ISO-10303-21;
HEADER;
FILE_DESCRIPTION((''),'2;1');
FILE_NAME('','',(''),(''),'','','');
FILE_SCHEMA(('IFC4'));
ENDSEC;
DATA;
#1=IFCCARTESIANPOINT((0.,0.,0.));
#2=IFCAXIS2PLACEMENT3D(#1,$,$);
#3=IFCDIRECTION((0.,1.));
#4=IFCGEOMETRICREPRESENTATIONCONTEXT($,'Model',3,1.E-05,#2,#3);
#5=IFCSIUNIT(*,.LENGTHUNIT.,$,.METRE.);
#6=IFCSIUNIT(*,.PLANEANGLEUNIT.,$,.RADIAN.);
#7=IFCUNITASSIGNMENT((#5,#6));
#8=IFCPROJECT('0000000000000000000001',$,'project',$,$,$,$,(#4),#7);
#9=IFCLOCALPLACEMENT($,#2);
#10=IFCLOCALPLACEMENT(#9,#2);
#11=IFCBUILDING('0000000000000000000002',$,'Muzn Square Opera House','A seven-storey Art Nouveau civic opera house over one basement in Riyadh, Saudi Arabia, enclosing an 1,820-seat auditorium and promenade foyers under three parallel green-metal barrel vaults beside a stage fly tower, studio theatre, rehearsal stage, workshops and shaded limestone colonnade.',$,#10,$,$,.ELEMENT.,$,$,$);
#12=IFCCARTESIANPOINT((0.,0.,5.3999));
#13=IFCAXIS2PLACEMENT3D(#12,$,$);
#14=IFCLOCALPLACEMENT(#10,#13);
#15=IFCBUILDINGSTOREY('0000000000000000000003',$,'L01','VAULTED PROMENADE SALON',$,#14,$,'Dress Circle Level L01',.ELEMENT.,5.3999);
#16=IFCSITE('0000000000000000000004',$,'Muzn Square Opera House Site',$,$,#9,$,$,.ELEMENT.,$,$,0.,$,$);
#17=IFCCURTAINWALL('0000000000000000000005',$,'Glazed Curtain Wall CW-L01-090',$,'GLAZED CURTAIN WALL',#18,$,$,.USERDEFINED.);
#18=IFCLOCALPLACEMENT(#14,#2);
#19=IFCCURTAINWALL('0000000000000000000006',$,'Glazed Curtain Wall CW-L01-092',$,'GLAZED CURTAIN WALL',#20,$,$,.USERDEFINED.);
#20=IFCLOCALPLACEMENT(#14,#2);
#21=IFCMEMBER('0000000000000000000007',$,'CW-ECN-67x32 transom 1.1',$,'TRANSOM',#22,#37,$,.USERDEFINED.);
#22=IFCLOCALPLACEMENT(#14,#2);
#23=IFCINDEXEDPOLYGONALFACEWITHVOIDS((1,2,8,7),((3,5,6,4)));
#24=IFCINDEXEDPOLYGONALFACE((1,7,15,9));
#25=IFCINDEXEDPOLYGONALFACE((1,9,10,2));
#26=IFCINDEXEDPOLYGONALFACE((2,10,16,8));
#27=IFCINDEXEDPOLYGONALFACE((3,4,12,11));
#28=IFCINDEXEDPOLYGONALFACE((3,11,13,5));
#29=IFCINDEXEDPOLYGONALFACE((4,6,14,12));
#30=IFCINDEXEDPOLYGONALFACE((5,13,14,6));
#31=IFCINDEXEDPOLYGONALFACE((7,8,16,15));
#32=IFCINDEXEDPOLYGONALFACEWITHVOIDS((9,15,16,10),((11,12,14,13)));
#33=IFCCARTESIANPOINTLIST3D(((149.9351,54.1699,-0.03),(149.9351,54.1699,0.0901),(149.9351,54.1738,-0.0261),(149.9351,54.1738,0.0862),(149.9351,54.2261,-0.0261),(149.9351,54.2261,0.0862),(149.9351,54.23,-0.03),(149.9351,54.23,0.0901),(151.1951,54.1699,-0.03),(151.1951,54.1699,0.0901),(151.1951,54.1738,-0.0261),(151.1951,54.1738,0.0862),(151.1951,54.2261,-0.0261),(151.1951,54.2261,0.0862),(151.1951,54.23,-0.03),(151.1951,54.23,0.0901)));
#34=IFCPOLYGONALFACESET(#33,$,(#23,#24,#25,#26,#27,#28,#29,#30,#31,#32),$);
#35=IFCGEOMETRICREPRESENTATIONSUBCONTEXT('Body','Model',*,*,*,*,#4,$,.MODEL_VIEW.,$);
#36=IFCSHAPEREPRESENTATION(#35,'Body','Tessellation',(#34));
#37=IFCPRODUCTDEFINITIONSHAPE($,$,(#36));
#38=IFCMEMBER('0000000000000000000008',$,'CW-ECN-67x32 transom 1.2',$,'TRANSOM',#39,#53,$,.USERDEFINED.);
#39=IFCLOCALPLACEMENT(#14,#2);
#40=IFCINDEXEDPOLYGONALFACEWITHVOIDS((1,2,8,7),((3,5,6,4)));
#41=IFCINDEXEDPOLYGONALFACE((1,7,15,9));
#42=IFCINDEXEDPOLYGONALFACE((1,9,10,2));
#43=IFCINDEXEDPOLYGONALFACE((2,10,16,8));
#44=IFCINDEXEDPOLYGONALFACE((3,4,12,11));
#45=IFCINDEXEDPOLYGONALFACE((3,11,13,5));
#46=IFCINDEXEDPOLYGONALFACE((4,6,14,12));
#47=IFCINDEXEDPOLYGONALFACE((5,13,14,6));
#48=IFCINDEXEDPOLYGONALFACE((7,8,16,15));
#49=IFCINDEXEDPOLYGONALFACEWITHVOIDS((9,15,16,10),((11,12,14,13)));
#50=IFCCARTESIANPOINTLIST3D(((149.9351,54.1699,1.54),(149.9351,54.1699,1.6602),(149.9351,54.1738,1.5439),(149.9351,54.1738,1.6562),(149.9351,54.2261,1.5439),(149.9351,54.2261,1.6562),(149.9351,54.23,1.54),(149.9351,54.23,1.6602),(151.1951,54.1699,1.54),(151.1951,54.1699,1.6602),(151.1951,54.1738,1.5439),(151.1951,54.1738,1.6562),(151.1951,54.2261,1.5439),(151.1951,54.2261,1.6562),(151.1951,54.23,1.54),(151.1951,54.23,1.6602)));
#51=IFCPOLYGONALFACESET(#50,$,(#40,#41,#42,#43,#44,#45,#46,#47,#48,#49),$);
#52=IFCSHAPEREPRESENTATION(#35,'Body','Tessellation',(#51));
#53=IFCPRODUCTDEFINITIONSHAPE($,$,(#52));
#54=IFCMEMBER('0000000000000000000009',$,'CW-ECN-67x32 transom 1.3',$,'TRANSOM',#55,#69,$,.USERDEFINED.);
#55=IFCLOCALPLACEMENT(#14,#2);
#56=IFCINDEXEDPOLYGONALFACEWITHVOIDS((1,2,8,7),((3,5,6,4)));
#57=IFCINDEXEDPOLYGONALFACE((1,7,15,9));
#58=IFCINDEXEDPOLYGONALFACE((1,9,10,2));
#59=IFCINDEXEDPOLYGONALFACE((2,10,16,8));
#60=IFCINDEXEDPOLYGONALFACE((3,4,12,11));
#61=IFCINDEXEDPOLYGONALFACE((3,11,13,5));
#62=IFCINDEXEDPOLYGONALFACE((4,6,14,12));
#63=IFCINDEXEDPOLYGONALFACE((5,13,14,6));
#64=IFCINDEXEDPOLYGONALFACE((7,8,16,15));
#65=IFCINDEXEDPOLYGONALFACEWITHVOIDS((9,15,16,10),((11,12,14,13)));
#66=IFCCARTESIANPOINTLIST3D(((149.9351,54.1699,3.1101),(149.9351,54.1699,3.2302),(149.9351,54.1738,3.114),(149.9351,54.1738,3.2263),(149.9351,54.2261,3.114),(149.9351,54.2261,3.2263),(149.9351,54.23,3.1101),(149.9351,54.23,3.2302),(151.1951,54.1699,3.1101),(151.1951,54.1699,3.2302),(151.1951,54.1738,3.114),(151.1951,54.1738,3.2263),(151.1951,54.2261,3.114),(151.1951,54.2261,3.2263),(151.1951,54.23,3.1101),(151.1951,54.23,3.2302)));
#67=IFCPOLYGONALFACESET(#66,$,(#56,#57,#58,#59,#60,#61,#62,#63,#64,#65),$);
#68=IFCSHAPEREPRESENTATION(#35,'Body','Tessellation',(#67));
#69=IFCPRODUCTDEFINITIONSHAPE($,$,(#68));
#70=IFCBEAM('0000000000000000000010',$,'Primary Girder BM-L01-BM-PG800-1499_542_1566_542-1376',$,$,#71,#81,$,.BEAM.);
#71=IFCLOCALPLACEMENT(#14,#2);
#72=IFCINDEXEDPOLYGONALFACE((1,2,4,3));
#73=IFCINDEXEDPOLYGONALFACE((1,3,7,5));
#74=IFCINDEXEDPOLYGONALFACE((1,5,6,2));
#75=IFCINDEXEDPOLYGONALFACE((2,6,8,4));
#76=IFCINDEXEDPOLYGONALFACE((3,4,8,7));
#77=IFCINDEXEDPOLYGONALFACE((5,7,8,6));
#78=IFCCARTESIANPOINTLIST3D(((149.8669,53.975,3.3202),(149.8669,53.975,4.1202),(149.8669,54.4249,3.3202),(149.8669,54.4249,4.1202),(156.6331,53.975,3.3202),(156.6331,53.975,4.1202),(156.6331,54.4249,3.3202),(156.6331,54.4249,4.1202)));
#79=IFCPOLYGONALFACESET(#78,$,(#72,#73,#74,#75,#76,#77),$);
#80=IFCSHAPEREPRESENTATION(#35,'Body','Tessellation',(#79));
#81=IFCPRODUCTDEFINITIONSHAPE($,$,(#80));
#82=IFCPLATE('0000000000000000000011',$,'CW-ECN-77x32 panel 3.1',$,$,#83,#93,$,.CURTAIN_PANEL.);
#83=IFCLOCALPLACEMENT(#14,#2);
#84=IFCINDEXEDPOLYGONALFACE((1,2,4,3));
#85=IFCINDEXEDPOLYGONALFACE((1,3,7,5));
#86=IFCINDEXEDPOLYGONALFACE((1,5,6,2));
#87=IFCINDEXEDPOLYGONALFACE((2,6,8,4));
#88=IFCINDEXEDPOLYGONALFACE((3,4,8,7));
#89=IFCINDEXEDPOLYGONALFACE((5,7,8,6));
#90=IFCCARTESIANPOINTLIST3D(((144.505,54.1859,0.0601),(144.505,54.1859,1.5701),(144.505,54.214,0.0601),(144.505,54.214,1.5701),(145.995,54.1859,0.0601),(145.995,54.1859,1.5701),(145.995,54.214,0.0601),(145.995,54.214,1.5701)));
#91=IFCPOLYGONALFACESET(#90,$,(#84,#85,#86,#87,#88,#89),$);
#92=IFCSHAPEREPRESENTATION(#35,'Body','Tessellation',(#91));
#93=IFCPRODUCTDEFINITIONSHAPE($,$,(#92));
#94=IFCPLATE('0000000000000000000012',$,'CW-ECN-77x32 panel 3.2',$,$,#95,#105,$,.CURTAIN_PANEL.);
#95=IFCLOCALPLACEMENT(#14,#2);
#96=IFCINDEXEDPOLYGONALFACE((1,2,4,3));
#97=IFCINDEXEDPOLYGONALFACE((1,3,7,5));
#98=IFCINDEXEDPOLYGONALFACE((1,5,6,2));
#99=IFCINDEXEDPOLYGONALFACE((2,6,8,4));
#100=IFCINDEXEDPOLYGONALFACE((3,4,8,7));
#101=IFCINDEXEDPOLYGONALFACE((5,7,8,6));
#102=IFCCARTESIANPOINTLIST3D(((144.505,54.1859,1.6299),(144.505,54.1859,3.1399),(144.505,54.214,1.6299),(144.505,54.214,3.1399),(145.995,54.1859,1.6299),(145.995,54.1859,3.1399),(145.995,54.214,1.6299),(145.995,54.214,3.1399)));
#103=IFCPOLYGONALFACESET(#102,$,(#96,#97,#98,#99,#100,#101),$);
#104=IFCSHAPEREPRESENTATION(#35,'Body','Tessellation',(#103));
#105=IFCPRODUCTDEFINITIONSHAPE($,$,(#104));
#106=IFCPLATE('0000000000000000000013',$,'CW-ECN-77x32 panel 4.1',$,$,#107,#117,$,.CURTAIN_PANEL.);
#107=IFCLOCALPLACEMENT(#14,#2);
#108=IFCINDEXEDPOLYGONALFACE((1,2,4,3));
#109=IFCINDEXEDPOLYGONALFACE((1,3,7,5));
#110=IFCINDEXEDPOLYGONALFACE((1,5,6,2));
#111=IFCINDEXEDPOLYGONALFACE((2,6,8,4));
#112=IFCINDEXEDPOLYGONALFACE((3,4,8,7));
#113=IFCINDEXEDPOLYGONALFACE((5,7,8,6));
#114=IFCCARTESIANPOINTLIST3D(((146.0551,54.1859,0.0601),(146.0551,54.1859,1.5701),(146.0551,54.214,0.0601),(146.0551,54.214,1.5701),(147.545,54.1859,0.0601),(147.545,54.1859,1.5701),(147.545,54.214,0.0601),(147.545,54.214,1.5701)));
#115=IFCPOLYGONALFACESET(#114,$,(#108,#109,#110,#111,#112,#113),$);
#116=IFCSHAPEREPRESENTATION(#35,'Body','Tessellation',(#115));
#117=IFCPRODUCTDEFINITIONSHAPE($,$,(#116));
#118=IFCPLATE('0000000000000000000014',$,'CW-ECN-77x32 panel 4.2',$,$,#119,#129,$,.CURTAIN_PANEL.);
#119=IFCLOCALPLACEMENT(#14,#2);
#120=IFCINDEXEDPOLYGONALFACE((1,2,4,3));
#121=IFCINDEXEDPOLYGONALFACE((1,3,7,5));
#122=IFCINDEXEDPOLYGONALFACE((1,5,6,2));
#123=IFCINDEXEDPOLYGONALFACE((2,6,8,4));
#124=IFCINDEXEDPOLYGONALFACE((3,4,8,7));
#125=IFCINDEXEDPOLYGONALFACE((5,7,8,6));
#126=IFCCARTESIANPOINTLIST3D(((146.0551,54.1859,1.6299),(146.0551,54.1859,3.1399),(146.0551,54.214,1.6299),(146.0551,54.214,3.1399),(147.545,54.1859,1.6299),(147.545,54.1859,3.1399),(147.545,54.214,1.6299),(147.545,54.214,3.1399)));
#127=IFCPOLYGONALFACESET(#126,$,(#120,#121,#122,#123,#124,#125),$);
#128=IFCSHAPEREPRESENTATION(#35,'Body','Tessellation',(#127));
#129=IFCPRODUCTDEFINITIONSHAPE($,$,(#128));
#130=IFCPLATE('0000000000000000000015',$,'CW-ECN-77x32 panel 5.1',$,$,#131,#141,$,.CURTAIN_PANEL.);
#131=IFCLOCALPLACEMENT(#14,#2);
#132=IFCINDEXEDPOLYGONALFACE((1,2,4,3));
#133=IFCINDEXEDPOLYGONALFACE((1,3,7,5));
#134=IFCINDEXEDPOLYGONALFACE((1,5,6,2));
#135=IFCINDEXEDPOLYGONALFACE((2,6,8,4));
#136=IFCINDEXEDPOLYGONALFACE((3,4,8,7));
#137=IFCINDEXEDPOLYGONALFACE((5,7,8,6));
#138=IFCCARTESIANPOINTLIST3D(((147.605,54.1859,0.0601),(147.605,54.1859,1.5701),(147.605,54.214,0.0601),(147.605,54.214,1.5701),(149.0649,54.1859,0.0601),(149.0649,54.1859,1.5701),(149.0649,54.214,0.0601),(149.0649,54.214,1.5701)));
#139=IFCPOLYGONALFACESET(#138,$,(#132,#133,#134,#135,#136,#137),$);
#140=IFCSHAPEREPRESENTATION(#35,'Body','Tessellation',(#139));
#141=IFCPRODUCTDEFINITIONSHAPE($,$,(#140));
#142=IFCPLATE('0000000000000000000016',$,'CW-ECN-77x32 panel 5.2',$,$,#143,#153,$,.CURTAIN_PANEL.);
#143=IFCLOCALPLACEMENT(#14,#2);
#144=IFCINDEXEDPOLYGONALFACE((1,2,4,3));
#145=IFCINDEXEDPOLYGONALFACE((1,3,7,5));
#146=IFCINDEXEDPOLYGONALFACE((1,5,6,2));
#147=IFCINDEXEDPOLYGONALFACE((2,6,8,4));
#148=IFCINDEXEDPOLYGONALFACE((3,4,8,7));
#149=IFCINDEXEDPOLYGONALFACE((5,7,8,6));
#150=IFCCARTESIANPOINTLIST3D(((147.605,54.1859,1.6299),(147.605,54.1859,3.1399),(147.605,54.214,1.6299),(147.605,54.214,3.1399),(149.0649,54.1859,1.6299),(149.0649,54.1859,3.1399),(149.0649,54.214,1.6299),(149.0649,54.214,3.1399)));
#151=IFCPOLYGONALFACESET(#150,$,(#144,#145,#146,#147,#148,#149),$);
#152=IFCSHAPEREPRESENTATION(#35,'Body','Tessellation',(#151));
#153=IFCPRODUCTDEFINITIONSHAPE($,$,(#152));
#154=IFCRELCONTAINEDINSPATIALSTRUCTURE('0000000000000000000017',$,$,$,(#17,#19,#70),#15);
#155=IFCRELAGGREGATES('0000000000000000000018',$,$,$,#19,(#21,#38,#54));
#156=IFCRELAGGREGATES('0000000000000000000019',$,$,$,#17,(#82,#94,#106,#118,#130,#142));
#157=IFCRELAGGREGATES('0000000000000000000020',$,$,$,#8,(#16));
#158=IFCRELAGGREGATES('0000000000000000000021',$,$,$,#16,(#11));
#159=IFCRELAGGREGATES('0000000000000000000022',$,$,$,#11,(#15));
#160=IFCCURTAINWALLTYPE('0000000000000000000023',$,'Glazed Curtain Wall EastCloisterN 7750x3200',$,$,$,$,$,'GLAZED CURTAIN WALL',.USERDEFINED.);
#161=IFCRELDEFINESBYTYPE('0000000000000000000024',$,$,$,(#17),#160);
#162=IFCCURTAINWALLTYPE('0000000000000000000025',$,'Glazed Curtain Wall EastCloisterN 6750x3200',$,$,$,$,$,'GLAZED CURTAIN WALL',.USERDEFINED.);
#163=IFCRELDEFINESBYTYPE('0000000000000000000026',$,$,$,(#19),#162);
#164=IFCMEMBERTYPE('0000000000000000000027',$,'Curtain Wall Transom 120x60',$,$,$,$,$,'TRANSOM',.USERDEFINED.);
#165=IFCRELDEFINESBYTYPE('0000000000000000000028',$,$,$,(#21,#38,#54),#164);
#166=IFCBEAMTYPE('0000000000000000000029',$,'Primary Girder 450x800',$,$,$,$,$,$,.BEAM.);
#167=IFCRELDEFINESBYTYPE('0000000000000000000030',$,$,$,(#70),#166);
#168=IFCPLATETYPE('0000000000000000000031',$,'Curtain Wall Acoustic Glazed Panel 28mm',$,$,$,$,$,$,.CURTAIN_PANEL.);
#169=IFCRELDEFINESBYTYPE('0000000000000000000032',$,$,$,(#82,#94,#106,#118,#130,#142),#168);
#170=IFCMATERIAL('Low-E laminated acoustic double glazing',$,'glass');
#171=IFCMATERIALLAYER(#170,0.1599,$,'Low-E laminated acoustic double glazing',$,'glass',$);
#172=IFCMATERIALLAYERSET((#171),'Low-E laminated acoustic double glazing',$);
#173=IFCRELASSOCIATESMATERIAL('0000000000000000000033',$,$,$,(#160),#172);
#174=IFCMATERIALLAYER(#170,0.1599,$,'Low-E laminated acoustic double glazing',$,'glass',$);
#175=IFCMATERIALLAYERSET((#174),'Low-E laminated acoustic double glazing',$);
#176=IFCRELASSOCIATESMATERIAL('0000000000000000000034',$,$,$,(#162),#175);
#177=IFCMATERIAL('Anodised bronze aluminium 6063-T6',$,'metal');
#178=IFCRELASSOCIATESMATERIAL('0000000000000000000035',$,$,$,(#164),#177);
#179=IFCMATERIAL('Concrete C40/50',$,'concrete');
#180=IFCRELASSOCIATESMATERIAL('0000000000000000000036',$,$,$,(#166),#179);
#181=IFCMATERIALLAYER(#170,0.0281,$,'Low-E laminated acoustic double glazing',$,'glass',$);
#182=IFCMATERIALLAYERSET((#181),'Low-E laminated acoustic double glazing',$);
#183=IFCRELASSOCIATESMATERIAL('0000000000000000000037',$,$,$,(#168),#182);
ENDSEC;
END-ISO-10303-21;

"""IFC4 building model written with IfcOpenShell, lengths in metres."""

from ifc_helpers import new_model, si_unit, direction, frame, origin, origin_2d, place, context, subcontext, project, spatial, rectangle, hollow_rectangle, extrude, material, layer, layer_set, material_profile, profile_set, type_object, element, aggregate, save


model = new_model("IFC4")

# Units and contexts
model_context = context("Model", 3, precision=1e-05, world=origin(), true_north=direction((0.0, 1.0)))
body_context = subcontext(model_context, "Body", "Model", "MODEL_VIEW")
ifc_project = project(units=[si_unit("LENGTHUNIT", "METRE"), si_unit("PLANEANGLEUNIT", "RADIAN")], contexts=[model_context])

# Site, building, storey
site_placement = place(None, origin())
site = spatial("IfcSite", under=ifc_project, at=site_placement, Name="Muzn Square Opera House Site", CompositionType="ELEMENT", RefElevation=0.0)
building_placement = place(site_placement, origin())
building = spatial("IfcBuilding", under=site, at=building_placement, Name="Muzn Square Opera House", Description="A seven-storey Art Nouveau civic opera house over one basement in Riyadh, Saudi Arabia, enclosing an 1,820-seat auditorium and promenade foyers under three parallel green-metal barrel vaults beside a stage fly tower, studio theatre, rehearsal stage, workshops and shaded limestone colonnade.", CompositionType="ELEMENT")
storey_placement = place(building_placement, frame((0.0, 0.0, 5.3999)))
storey = spatial("IfcBuildingStorey", under=building, at=storey_placement, Name="L01", Description="VAULTED PROMENADE SALON", LongName="Dress Circle Level L01", CompositionType="ELEMENT", Elevation=5.3999)

# Curtain wall
ifc_material_1 = material(Name="Low-E laminated acoustic double glazing", Category="glass")
ifc_layer_1 = layer(ifc_material_1, 0.1599, Name="Low-E laminated acoustic double glazing", Category="glass")
ifc_layer_set_1 = layer_set([ifc_layer_1], Name="Low-E laminated acoustic double glazing")
curtain_wall_type_1 = type_object("IfcCurtainWallType", Name="Glazed Curtain Wall EastCloisterN 7750x3200", ElementType="GLAZED CURTAIN WALL", PredefinedType="USERDEFINED", material=ifc_layer_set_1)
curtain_wall_1_placement = place(storey_placement, origin())
curtain_wall_1 = element("IfcCurtainWall", 1, at=curtain_wall_1_placement, inside=storey, type_object=curtain_wall_type_1, Name="Glazed Curtain Wall CW-L01-090", ObjectType="GLAZED CURTAIN WALL", PredefinedType="USERDEFINED")
ifc_material_2 = material(Name="Anodised bronze aluminium 6063-T6", Category="metal")

# Curtain wall
ifc_layer_2 = layer(ifc_material_1, 0.1599, Name="Low-E laminated acoustic double glazing", Category="glass")
ifc_layer_set_2 = layer_set([ifc_layer_2], Name="Low-E laminated acoustic double glazing")
curtain_wall_type_2 = type_object("IfcCurtainWallType", Name="Glazed Curtain Wall EastCloisterN 6750x3200", ElementType="GLAZED CURTAIN WALL", PredefinedType="USERDEFINED", material=ifc_layer_set_2)
curtain_wall_2_placement = place(storey_placement, origin())
curtain_wall_2 = element("IfcCurtainWall", 2, at=curtain_wall_2_placement, inside=storey, type_object=curtain_wall_type_2, Name="Glazed Curtain Wall CW-L01-092", ObjectType="GLAZED CURTAIN WALL", PredefinedType="USERDEFINED")

# Members
ifc_material_profile_1 = material_profile(ifc_material_2, hollow_rectangle(XDim=0.0601, YDim=0.1201, WallThickness=0.0039, at=origin_2d()), Name="ALU 120x60x4", Category="metal")
ifc_profile_set_1 = profile_set([ifc_material_profile_1], Name="Anodised bronze aluminium 6063-T6")
member_type_1 = type_object("IfcMemberType", Name="Curtain Wall Transom 120x60", ElementType="TRANSOM", PredefinedType="USERDEFINED", material=ifc_profile_set_1)
member_1_placement = place(storey_placement, frame((149.9351, 54.2, 0.03), z_axis=(1.0, 0.0, 0.0), x_axis=(0.0, 1.0, 0.0)))
member_1 = element("IfcMember", 3, at=member_1_placement, type_object=member_type_1, Name="CW-ECN-67x32 transom 1.1", ObjectType="TRANSOM", PredefinedType="USERDEFINED", context=body_context, shape_type="SweptSolid", body=[
    extrude(hollow_rectangle(XDim=0.0601, YDim=0.1201, WallThickness=0.0039, at=origin_2d()), origin(), (0.0, 0.0, 1.0), 1.26),
])
member_2_placement = place(storey_placement, frame((149.9351, 54.2, 1.6001), z_axis=(1.0, 0.0, 0.0), x_axis=(0.0, 1.0, 0.0)))
member_2 = element("IfcMember", 4, at=member_2_placement, type_object=member_type_1, Name="CW-ECN-67x32 transom 1.2", ObjectType="TRANSOM", PredefinedType="USERDEFINED", context=body_context, shape_type="SweptSolid", body=[
    extrude(hollow_rectangle(XDim=0.0601, YDim=0.1201, WallThickness=0.0039, at=origin_2d()), origin(), (0.0, 0.0, 1.0), 1.26),
])
member_3_placement = place(storey_placement, frame((149.9351, 54.2, 3.1702), z_axis=(1.0, 0.0, 0.0), x_axis=(0.0, 1.0, 0.0)))
member_3 = element("IfcMember", 5, at=member_3_placement, type_object=member_type_1, Name="CW-ECN-67x32 transom 1.3", ObjectType="TRANSOM", PredefinedType="USERDEFINED", context=body_context, shape_type="SweptSolid", body=[
    extrude(hollow_rectangle(XDim=0.0601, YDim=0.1201, WallThickness=0.0039, at=origin_2d()), origin(), (0.0, 0.0, 1.0), 1.26),
])
aggregate(curtain_wall_2, [member_1, member_2, member_3])

# Beam
ifc_material_3 = material(Name="Concrete C40/50", Category="concrete")
ifc_material_profile_2 = material_profile(ifc_material_3, rectangle(XDim=0.45, YDim=0.8, at=origin_2d()), Name="RCB 450x800", Category="concrete")
ifc_profile_set_2 = profile_set([ifc_material_profile_2], Name="Concrete C40/50")
beam_type = type_object("IfcBeamType", Name="Primary Girder 450x800", PredefinedType="BEAM", material=ifc_profile_set_2)
beam_placement = place(storey_placement, frame((149.8669, 54.2, 3.7202), z_axis=(1.0, 0.0, 0.0), x_axis=(0.0, 1.0, 0.0)))
element("IfcBeam", 6, at=beam_placement, inside=storey, type_object=beam_type, Name="Primary Girder BM-L01-BM-PG800-1499_542_1566_542-1376", PredefinedType="BEAM", context=body_context, shape_type="SweptSolid", body=[
    extrude(rectangle(XDim=0.45, YDim=0.8, at=origin_2d()), origin(), (0.0, 0.0, 1.0), 6.7661),
])

# Plates
ifc_layer_3 = layer(ifc_material_1, 0.0281, Name="Low-E laminated acoustic double glazing", Category="glass")
ifc_layer_set_3 = layer_set([ifc_layer_3], Name="Low-E laminated acoustic double glazing")
plate_type = type_object("IfcPlateType", Name="Curtain Wall Acoustic Glazed Panel 28mm", PredefinedType="CURTAIN_PANEL", material=ifc_layer_set_3)
plate_1_placement = place(storey_placement, frame((145.25, 54.2, 0.0601), z_axis=(0.0, 0.0, 1.0), x_axis=(1.0, 0.0, 0.0)))
plate_1 = element("IfcPlate", 7, at=plate_1_placement, type_object=plate_type, Name="CW-ECN-77x32 panel 3.1", PredefinedType="CURTAIN_PANEL", context=body_context, shape_type="SweptSolid", body=[
    extrude(rectangle(XDim=1.49, YDim=0.0281, at=origin_2d()), origin(), (0.0, 0.0, 1.0), 1.51),
])
plate_2_placement = place(storey_placement, frame((145.25, 54.2, 1.6299), z_axis=(0.0, 0.0, 1.0), x_axis=(1.0, 0.0, 0.0)))
plate_2 = element("IfcPlate", 8, at=plate_2_placement, type_object=plate_type, Name="CW-ECN-77x32 panel 3.2", PredefinedType="CURTAIN_PANEL", context=body_context, shape_type="SweptSolid", body=[
    extrude(rectangle(XDim=1.49, YDim=0.0281, at=origin_2d()), origin(), (0.0, 0.0, 1.0), 1.51),
])
plate_3_placement = place(storey_placement, frame((146.8, 54.2, 0.0601), z_axis=(0.0, 0.0, 1.0), x_axis=(1.0, 0.0, 0.0)))
plate_3 = element("IfcPlate", 9, at=plate_3_placement, type_object=plate_type, Name="CW-ECN-77x32 panel 4.1", PredefinedType="CURTAIN_PANEL", context=body_context, shape_type="SweptSolid", body=[
    extrude(rectangle(XDim=1.49, YDim=0.0281, at=origin_2d()), origin(), (0.0, 0.0, 1.0), 1.51),
])
plate_4_placement = place(storey_placement, frame((146.8, 54.2, 1.6299), z_axis=(0.0, 0.0, 1.0), x_axis=(1.0, 0.0, 0.0)))
plate_4 = element("IfcPlate", 10, at=plate_4_placement, type_object=plate_type, Name="CW-ECN-77x32 panel 4.2", PredefinedType="CURTAIN_PANEL", context=body_context, shape_type="SweptSolid", body=[
    extrude(rectangle(XDim=1.49, YDim=0.0281, at=origin_2d()), origin(), (0.0, 0.0, 1.0), 1.51),
])
plate_5_placement = place(storey_placement, frame((148.335, 54.2, 0.0601), z_axis=(0.0, 0.0, 1.0), x_axis=(1.0, 0.0, 0.0)))
plate_5 = element("IfcPlate", 11, at=plate_5_placement, type_object=plate_type, Name="CW-ECN-77x32 panel 5.1", PredefinedType="CURTAIN_PANEL", context=body_context, shape_type="SweptSolid", body=[
    extrude(rectangle(XDim=1.46, YDim=0.0281, at=origin_2d()), origin(), (0.0, 0.0, 1.0), 1.51),
])
plate_6_placement = place(storey_placement, frame((148.335, 54.2, 1.6299), z_axis=(0.0, 0.0, 1.0), x_axis=(1.0, 0.0, 0.0)))
plate_6 = element("IfcPlate", 12, at=plate_6_placement, type_object=plate_type, Name="CW-ECN-77x32 panel 5.2", PredefinedType="CURTAIN_PANEL", context=body_context, shape_type="SweptSolid", body=[
    extrude(rectangle(XDim=1.46, YDim=0.0281, at=origin_2d()), origin(), (0.0, 0.0, 1.0), 1.51),
])
aggregate(curtain_wall_1, [plate_1, plate_2, plate_3, plate_4, plate_5, plate_6])

save(model, "model.ifc")
